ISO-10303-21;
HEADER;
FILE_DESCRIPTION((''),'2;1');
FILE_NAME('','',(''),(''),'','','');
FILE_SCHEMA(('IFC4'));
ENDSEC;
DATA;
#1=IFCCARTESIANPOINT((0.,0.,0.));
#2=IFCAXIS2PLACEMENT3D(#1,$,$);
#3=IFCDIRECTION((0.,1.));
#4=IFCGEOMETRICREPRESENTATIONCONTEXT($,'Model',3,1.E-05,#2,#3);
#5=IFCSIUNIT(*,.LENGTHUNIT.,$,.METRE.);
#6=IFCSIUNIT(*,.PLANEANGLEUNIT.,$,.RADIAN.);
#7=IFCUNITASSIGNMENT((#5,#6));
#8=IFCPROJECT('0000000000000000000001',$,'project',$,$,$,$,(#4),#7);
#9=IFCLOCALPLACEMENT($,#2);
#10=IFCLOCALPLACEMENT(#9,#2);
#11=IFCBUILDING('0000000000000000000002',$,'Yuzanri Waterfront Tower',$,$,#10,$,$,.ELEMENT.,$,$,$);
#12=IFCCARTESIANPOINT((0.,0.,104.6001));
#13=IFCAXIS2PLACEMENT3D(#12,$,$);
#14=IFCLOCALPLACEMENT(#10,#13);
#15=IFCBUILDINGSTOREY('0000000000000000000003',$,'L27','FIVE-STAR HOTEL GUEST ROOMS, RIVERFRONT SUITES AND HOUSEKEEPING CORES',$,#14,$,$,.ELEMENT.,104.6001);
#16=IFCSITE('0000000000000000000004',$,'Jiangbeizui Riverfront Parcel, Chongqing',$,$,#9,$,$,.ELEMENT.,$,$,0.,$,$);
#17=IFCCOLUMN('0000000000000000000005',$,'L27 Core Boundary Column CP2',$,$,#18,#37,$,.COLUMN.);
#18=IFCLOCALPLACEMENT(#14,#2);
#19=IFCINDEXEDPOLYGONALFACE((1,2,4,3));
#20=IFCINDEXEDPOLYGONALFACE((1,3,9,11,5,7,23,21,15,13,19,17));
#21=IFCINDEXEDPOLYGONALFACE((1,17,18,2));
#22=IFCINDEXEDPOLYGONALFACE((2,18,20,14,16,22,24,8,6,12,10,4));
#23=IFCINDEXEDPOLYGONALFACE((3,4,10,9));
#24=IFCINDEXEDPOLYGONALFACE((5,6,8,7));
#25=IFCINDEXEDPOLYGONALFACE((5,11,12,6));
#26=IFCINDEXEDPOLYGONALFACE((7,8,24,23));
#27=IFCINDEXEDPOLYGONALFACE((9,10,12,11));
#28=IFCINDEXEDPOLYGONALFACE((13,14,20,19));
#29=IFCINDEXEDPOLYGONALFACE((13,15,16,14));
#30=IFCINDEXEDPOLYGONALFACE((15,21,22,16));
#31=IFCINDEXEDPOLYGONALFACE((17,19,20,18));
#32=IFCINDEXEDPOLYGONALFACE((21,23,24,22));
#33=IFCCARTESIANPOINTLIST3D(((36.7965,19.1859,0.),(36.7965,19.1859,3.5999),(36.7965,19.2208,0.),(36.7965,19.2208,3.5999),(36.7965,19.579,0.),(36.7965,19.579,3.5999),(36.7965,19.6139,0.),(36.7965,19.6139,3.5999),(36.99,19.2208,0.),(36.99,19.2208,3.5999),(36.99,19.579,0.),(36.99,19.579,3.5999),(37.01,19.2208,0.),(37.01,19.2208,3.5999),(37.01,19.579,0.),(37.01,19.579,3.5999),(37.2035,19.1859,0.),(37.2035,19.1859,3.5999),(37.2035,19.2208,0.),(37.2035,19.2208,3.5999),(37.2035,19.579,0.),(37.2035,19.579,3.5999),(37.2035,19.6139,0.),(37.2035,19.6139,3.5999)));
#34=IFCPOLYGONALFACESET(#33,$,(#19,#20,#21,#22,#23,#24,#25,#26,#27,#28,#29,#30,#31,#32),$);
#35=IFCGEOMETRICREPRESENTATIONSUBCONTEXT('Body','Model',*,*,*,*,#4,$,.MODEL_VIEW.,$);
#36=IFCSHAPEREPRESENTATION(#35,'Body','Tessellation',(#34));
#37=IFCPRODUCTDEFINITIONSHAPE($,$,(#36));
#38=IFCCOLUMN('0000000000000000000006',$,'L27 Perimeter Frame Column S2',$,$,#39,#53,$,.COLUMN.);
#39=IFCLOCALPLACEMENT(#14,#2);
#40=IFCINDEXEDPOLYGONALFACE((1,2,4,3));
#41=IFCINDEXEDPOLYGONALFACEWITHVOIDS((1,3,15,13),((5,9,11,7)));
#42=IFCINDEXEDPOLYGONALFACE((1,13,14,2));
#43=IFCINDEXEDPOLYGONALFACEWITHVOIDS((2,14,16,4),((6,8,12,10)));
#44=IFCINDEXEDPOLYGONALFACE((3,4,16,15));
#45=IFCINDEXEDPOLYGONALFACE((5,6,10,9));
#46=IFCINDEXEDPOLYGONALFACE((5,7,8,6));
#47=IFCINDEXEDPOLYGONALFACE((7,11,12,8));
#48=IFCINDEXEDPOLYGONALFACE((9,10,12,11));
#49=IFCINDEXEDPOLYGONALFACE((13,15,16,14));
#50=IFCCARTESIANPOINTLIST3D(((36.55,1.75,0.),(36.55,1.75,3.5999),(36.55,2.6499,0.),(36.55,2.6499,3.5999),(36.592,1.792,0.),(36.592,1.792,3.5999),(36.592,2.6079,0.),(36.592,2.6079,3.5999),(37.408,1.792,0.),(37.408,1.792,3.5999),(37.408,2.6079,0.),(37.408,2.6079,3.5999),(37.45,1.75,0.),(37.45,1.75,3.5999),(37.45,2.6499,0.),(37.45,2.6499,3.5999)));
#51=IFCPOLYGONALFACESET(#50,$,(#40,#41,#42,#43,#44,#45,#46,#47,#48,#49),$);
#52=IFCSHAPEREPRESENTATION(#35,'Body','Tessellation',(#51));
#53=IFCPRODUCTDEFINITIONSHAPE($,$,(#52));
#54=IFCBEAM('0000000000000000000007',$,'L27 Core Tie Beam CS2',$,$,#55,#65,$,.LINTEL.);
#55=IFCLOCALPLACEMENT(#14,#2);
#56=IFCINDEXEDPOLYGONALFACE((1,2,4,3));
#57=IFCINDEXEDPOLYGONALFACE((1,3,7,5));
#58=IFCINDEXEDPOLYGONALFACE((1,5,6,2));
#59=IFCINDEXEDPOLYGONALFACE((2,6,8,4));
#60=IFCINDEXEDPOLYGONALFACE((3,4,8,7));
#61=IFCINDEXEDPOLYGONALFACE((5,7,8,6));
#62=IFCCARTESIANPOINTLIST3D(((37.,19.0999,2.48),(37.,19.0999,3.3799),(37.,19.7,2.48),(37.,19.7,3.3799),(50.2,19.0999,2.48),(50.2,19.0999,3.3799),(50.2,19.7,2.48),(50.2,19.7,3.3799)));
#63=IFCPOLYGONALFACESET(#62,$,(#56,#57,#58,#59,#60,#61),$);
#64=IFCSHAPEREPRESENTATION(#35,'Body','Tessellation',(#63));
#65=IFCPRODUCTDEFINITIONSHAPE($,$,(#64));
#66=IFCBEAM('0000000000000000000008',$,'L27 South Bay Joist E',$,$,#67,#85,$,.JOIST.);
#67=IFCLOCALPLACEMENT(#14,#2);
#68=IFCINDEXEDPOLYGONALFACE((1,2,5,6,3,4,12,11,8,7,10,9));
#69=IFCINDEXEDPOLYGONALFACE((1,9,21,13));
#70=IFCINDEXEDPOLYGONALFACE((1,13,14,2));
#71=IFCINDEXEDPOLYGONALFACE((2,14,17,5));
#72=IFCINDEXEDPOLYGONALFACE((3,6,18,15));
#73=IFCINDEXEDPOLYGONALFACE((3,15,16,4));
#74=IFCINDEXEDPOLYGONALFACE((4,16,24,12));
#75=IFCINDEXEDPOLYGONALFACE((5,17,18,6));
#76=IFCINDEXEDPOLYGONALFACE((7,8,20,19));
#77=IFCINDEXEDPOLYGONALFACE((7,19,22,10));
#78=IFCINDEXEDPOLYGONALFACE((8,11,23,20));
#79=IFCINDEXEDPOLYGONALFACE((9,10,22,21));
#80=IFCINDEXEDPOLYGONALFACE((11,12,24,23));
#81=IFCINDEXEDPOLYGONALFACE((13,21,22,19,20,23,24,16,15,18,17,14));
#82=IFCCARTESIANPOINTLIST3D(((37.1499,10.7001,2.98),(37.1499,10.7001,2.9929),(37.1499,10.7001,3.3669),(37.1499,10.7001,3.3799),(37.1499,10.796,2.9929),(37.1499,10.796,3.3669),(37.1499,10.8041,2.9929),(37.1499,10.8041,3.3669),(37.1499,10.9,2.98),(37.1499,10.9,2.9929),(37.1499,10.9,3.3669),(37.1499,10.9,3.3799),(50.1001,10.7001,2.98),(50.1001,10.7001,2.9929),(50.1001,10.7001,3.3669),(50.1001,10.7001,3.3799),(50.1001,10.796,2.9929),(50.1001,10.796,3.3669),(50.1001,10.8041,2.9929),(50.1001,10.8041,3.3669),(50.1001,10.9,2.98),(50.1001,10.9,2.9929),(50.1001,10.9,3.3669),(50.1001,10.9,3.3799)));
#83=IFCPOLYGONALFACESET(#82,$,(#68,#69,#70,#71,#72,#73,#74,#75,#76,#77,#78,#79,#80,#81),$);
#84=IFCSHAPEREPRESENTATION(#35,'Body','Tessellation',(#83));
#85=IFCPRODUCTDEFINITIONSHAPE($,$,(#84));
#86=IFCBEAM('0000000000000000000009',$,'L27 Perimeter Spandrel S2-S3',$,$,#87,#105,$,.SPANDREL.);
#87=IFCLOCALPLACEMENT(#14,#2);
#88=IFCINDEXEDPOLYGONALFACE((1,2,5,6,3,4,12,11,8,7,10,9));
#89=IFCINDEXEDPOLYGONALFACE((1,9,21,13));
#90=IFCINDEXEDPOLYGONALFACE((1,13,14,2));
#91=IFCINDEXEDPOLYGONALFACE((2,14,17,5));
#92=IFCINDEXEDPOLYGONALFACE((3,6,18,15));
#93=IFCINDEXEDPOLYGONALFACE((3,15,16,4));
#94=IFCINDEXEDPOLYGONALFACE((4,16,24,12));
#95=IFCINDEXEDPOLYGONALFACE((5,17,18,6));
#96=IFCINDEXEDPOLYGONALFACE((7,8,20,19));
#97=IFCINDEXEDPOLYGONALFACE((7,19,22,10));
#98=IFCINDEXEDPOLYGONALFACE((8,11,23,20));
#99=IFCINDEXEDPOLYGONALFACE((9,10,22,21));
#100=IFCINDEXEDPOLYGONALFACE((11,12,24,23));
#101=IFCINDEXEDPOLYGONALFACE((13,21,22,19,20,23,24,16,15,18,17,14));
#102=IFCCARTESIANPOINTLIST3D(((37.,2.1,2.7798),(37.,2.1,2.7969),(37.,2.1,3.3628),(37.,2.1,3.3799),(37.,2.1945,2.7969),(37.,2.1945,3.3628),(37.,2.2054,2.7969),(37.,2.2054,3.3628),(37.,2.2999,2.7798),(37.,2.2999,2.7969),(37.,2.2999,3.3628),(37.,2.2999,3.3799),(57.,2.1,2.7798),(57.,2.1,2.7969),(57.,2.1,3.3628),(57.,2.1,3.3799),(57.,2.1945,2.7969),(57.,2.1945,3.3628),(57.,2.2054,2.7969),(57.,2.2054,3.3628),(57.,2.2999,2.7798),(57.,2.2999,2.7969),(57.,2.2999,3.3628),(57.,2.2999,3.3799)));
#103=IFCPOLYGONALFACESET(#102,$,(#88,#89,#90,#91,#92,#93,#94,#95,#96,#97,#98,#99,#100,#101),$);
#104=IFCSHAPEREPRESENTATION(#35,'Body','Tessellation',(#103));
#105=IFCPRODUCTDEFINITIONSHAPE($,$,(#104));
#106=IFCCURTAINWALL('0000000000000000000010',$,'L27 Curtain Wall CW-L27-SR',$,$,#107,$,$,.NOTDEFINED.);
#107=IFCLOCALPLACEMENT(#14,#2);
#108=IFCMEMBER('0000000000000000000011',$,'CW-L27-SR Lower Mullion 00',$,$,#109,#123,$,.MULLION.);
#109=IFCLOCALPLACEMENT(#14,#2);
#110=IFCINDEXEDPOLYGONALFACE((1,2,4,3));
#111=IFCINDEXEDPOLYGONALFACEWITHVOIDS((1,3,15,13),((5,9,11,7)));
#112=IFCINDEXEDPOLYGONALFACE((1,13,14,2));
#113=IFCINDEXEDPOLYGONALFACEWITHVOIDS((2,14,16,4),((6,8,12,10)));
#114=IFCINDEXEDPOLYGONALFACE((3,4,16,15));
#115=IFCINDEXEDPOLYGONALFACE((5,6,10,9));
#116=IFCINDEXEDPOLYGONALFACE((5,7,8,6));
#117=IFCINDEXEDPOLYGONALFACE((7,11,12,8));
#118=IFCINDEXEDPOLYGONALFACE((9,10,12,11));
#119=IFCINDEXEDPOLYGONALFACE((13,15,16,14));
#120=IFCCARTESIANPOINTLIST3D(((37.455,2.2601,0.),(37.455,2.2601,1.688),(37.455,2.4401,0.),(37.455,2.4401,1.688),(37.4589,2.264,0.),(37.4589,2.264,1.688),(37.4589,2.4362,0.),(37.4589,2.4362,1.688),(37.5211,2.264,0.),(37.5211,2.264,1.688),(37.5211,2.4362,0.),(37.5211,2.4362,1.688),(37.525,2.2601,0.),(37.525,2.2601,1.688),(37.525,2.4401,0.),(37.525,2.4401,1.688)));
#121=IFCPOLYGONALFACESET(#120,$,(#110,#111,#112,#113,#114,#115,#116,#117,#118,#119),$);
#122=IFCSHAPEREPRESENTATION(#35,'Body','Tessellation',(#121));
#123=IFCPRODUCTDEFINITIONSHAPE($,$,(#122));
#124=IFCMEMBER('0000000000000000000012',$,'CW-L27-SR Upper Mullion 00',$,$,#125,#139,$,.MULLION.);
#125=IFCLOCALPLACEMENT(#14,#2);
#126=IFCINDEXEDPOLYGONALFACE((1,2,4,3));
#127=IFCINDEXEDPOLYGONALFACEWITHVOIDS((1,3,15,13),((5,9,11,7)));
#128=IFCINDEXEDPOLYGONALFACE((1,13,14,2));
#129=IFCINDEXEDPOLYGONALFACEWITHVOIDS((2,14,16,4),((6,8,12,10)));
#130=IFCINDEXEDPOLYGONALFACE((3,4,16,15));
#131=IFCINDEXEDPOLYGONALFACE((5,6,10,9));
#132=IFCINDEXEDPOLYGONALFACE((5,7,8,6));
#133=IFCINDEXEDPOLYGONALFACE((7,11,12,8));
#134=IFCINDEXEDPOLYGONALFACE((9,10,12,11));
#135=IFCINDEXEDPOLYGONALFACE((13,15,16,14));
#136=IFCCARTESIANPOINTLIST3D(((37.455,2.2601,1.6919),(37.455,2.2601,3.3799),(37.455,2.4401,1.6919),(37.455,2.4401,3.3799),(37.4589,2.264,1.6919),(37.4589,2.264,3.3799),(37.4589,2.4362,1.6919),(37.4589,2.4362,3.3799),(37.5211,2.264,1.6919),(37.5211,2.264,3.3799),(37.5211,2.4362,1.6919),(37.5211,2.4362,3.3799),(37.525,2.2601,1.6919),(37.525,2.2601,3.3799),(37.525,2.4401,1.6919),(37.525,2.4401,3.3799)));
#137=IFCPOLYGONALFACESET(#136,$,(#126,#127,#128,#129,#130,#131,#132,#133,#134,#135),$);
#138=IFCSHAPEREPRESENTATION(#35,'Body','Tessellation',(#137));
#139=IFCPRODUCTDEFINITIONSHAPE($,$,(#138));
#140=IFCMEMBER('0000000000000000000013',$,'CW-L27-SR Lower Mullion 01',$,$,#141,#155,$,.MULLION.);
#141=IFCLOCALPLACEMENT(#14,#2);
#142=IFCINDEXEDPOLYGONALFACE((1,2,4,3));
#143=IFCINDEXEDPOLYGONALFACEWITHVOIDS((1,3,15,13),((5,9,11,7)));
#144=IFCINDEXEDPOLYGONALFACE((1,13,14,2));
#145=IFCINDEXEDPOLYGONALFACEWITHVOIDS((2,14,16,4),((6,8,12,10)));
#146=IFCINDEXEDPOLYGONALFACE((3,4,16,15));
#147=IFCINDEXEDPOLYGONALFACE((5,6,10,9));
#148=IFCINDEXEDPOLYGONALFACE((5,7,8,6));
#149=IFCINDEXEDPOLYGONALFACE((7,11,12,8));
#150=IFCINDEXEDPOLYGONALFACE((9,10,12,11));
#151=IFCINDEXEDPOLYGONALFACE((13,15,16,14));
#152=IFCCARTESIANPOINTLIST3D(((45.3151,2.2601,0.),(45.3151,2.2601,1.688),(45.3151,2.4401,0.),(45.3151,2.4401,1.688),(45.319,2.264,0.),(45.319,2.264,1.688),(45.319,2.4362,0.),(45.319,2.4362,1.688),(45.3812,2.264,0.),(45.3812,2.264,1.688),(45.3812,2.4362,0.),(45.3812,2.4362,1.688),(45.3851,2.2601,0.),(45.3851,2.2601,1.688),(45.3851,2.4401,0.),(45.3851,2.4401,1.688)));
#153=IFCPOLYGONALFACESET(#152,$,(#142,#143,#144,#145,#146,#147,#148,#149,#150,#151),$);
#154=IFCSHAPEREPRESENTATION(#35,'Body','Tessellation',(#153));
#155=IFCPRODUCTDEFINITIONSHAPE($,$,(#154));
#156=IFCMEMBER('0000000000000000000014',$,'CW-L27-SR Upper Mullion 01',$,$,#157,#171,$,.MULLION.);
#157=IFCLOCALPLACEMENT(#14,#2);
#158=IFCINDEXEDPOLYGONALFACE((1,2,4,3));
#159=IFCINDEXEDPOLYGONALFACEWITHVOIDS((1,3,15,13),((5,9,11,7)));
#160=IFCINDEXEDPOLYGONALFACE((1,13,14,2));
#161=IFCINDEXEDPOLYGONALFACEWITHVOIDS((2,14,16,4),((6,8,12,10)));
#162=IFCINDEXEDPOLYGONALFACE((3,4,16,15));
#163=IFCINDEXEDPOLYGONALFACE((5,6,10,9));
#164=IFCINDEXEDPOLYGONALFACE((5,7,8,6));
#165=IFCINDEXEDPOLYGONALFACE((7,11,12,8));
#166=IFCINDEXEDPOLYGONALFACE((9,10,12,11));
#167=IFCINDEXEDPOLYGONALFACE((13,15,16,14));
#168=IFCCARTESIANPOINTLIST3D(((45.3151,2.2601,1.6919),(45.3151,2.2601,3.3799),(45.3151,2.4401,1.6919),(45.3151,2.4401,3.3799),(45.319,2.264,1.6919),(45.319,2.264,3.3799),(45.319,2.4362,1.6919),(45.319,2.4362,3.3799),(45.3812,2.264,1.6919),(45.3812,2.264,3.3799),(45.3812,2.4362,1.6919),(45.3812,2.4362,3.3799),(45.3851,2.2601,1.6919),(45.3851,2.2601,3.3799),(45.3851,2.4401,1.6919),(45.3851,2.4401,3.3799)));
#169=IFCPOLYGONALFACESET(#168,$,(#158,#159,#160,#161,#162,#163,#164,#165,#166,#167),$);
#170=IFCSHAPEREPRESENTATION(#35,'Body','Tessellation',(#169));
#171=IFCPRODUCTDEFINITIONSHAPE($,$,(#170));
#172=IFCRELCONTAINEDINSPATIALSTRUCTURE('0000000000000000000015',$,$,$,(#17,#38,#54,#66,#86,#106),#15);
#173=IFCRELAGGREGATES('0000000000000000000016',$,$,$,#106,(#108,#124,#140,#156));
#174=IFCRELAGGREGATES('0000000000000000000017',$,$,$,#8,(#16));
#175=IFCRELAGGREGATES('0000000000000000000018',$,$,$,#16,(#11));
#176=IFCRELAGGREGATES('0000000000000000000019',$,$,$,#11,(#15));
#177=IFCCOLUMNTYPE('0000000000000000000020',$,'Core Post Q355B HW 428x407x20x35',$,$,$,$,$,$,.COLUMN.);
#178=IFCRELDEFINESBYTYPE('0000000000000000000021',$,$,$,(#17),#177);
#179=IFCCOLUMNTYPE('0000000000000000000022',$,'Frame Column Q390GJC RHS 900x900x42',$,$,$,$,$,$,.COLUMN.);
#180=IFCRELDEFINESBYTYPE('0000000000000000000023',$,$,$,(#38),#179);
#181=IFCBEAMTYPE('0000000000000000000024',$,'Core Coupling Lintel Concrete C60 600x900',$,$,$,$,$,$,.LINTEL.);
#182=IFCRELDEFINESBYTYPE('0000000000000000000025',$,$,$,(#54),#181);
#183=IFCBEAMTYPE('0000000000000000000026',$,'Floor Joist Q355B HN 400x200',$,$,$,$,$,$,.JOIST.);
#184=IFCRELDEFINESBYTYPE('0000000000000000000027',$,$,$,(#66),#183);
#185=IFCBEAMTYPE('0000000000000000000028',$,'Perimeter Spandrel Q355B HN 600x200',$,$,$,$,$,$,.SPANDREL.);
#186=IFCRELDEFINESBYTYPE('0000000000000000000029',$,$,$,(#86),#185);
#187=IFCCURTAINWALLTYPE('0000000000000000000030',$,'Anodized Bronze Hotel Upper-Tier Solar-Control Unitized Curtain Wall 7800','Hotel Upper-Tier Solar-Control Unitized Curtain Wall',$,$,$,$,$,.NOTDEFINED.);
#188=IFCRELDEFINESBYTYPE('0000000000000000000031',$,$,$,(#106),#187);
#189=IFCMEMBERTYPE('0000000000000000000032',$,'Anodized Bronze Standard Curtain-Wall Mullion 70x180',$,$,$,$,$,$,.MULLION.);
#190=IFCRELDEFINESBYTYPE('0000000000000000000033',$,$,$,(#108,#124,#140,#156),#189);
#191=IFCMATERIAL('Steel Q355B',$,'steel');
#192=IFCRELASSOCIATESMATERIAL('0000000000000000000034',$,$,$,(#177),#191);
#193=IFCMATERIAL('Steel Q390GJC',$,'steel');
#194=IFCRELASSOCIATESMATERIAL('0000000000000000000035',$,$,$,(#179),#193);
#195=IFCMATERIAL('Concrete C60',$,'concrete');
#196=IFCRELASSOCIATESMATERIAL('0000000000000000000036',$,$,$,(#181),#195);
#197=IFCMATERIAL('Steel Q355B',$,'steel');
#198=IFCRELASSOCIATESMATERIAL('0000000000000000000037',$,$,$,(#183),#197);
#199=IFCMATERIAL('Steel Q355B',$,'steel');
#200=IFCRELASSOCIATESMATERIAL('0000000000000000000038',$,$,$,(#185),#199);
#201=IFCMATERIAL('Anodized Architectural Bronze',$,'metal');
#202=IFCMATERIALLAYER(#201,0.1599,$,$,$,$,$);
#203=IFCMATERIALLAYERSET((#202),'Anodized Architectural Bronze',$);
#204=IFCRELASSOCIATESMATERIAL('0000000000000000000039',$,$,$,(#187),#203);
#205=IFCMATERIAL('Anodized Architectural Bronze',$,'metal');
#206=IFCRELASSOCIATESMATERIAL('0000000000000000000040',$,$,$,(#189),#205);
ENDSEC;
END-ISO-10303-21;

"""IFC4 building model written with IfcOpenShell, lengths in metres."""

from ifc_helpers import new_model, si_unit, direction, frame, origin, origin_2d, place, context, subcontext, project, spatial, rectangle, hollow_rectangle, i_section, extrude, source, transform, mapped, material, layer, layer_set, material_profile, profile_set, type_object, element, aggregate, save


model = new_model("IFC4")

# Units and contexts
model_context = context("Model", 3, precision=1e-05, world=origin(), true_north=direction((0.0, 1.0)))
body_context = subcontext(model_context, "Body", "Model", "MODEL_VIEW")
ifc_project = project(units=[si_unit("LENGTHUNIT", "METRE"), si_unit("PLANEANGLEUNIT", "RADIAN")], contexts=[model_context])

# Site, building, storey
site_placement = place(None, origin())
site = spatial("IfcSite", under=ifc_project, at=site_placement, Name="Jiangbeizui Riverfront Parcel, Chongqing", CompositionType="ELEMENT", RefElevation=0.0)
building_placement = place(site_placement, origin())
building = spatial("IfcBuilding", under=site, at=building_placement, Name="Yuzanri Waterfront Tower", CompositionType="ELEMENT")
storey_placement = place(building_placement, frame((0.0, 0.0, 104.6001)))
storey = spatial("IfcBuildingStorey", under=building, at=storey_placement, Name="L27", Description="FIVE-STAR HOTEL GUEST ROOMS, RIVERFRONT SUITES AND HOUSEKEEPING CORES", CompositionType="ELEMENT", Elevation=104.6001)

# Columns
ifc_material_1 = material(Name="Steel Q355B", Category="steel")
ifc_material_profile_1 = material_profile(ifc_material_1, i_section(OverallWidth=0.407, OverallDepth=0.428, WebThickness=0.02, FlangeThickness=0.0349, at=origin_2d()), Name="HW 428x407x20x35")
ifc_profile_set_1 = profile_set([ifc_material_profile_1], Name="Steel Q355B")
column_type_1 = type_object("IfcColumnType", Name="Core Post Q355B HW 428x407x20x35", PredefinedType="COLUMN", material=ifc_profile_set_1)
shared_shape_1 = source(origin(), body_context, "Body", "SweptSolid", [
    extrude(i_section(OverallWidth=0.407, OverallDepth=0.428, WebThickness=0.02, FlangeThickness=0.0349, at=origin_2d()), origin(), (0.0, 0.0, 1.0), 3.5999),
])
column_1_placement = place(storey_placement, frame((37.0, 19.3999, 0.0), z_axis=(0.0, 0.0, 1.0), x_axis=(1.0, 0.0, 0.0)))
element("IfcColumn", 1, at=column_1_placement, inside=storey, type_object=column_type_1, Name="L27 Core Boundary Column CP2", PredefinedType="COLUMN", context=body_context, shape_type="MappedRepresentation", body=[
    mapped(shared_shape_1, transform((0.0, 0.0, 0.0), scale=1.0)),
])
ifc_material_2 = material(Name="Steel Q390GJC", Category="steel")
ifc_material_profile_2 = material_profile(ifc_material_2, hollow_rectangle(XDim=0.8999, YDim=0.8999, WallThickness=0.042, at=origin_2d()), Name="RHS 900x900x42")
ifc_profile_set_2 = profile_set([ifc_material_profile_2], Name="Steel Q390GJC")
column_type_2 = type_object("IfcColumnType", Name="Frame Column Q390GJC RHS 900x900x42", PredefinedType="COLUMN", material=ifc_profile_set_2)
shared_shape_2 = source(origin(), body_context, "Body", "SweptSolid", [
    extrude(hollow_rectangle(XDim=0.8999, YDim=0.8999, WallThickness=0.042, at=origin_2d()), origin(), (0.0, 0.0, 1.0), 3.5999),
])
column_2_placement = place(storey_placement, frame((37.0, 2.2, 0.0), z_axis=(0.0, 0.0, 1.0), x_axis=(1.0, 0.0, 0.0)))
element("IfcColumn", 2, at=column_2_placement, inside=storey, type_object=column_type_2, Name="L27 Perimeter Frame Column S2", PredefinedType="COLUMN", context=body_context, shape_type="MappedRepresentation", body=[
    mapped(shared_shape_2, transform((0.0, 0.0, 0.0), scale=1.0)),
])

# Beams
ifc_material_3 = material(Name="Concrete C60", Category="concrete")
ifc_material_profile_3 = material_profile(ifc_material_3, rectangle(XDim=0.6001, YDim=0.8999, at=origin_2d()), Name="RC 600x900")
ifc_profile_set_3 = profile_set([ifc_material_profile_3], Name="Concrete C60")
beam_type_1 = type_object("IfcBeamType", Name="Core Coupling Lintel Concrete C60 600x900", PredefinedType="LINTEL", material=ifc_profile_set_3)
shared_shape_3 = source(origin(), body_context, "Body", "SweptSolid", [
    extrude(rectangle(XDim=0.6001, YDim=0.8999, at=origin_2d()), origin(), (0.0, 0.0, 1.0), 13.2),
])
beam_1_placement = place(storey_placement, frame((37.0, 19.3999, 2.9299), z_axis=(1.0, 0.0, 0.0), x_axis=(0.0, 1.0, 0.0)))
element("IfcBeam", 3, at=beam_1_placement, inside=storey, type_object=beam_type_1, Name="L27 Core Tie Beam CS2", PredefinedType="LINTEL", context=body_context, shape_type="MappedRepresentation", body=[
    mapped(shared_shape_3, transform((0.0, 0.0, 0.0), scale=1.0)),
])
ifc_material_4 = material(Name="Steel Q355B", Category="steel")
ifc_material_profile_4 = material_profile(ifc_material_4, i_section(OverallWidth=0.2, OverallDepth=0.3999, WebThickness=0.0081, FlangeThickness=0.0129, at=origin_2d()), Name="HN 400x200x8x13")
ifc_profile_set_4 = profile_set([ifc_material_profile_4], Name="Steel Q355B")
beam_type_2 = type_object("IfcBeamType", Name="Floor Joist Q355B HN 400x200", PredefinedType="JOIST", material=ifc_profile_set_4)
shared_shape_4 = source(origin(), body_context, "Body", "SweptSolid", [
    extrude(i_section(OverallWidth=0.2, OverallDepth=0.3999, WebThickness=0.0081, FlangeThickness=0.0129, at=origin_2d()), origin(), (0.0, 0.0, 1.0), 12.9502),
])
beam_2_placement = place(storey_placement, frame((37.1499, 10.8, 3.1799), z_axis=(1.0, 0.0, 0.0), x_axis=(0.0, 1.0, 0.0)))
element("IfcBeam", 4, at=beam_2_placement, inside=storey, type_object=beam_type_2, Name="L27 South Bay Joist E", PredefinedType="JOIST", context=body_context, shape_type="MappedRepresentation", body=[
    mapped(shared_shape_4, transform((0.0, 0.0, 0.0), scale=1.0)),
])
ifc_material_5 = material(Name="Steel Q355B", Category="steel")
ifc_material_profile_5 = material_profile(ifc_material_5, i_section(OverallWidth=0.2, OverallDepth=0.6001, WebThickness=0.011, FlangeThickness=0.0171, at=origin_2d()), Name="HN 600x200x11x17")
ifc_profile_set_5 = profile_set([ifc_material_profile_5], Name="Steel Q355B")
beam_type_3 = type_object("IfcBeamType", Name="Perimeter Spandrel Q355B HN 600x200", PredefinedType="SPANDREL", material=ifc_profile_set_5)
shared_shape_5 = source(origin(), body_context, "Body", "SweptSolid", [
    extrude(i_section(OverallWidth=0.2, OverallDepth=0.6001, WebThickness=0.011, FlangeThickness=0.0171, at=origin_2d()), origin(), (0.0, 0.0, 1.0), 20.0),
])
beam_3_placement = place(storey_placement, frame((37.0, 2.2, 3.0798), z_axis=(1.0, 0.0, 0.0), x_axis=(0.0, 1.0, 0.0)))
element("IfcBeam", 5, at=beam_3_placement, inside=storey, type_object=beam_type_3, Name="L27 Perimeter Spandrel S2-S3", PredefinedType="SPANDREL", context=body_context, shape_type="MappedRepresentation", body=[
    mapped(shared_shape_5, transform((0.0, 0.0, 0.0), scale=1.0)),
])

# Curtain wall, members
ifc_material_6 = material(Name="Anodized Architectural Bronze", Category="metal")
ifc_layer_1 = layer(ifc_material_6, 0.1599)
ifc_layer_set_1 = layer_set([ifc_layer_1], Name="Anodized Architectural Bronze")
curtain_wall_type = type_object("IfcCurtainWallType", Name="Anodized Bronze Hotel Upper-Tier Solar-Control Unitized Curtain Wall 7800", Description="Hotel Upper-Tier Solar-Control Unitized Curtain Wall", PredefinedType="NOTDEFINED", material=ifc_layer_set_1)
curtain_wall_placement = place(storey_placement, origin())
curtain_wall = element("IfcCurtainWall", 6, at=curtain_wall_placement, inside=storey, type_object=curtain_wall_type, Name="L27 Curtain Wall CW-L27-SR", PredefinedType="NOTDEFINED")
ifc_material_7 = material(Name="Anodized Architectural Bronze", Category="metal")
ifc_material_profile_6 = material_profile(ifc_material_7, hollow_rectangle(XDim=0.0701, YDim=0.1799, WallThickness=0.0039, at=origin_2d()), Name="CWM 70x180")
ifc_profile_set_6 = profile_set([ifc_material_profile_6], Name="Anodized Architectural Bronze")
member_type_1 = type_object("IfcMemberType", Name="Anodized Bronze Standard Curtain-Wall Mullion 70x180", PredefinedType="MULLION", material=ifc_profile_set_6)
shared_shape_6 = source(origin(), body_context, "Body", "SweptSolid", [
    extrude(hollow_rectangle(XDim=0.0701, YDim=0.1799, WallThickness=0.0039, at=origin_2d()), origin(), (0.0, 0.0, 1.0), 1.688),
])
member_1_placement = place(storey_placement, frame((37.49, 2.3501, 0.0), z_axis=(0.0, 0.0, 1.0), x_axis=(1.0, 0.0, 0.0)))
member_1 = element("IfcMember", 7, at=member_1_placement, type_object=member_type_1, Name="CW-L27-SR Lower Mullion 00", PredefinedType="MULLION", context=body_context, shape_type="MappedRepresentation", body=[
    mapped(shared_shape_6, transform((0.0, 0.0, 0.0), scale=1.0)),
])
member_2_placement = place(storey_placement, frame((37.49, 2.3501, 1.6919), z_axis=(0.0, 0.0, 1.0), x_axis=(1.0, 0.0, 0.0)))
member_2 = element("IfcMember", 8, at=member_2_placement, type_object=member_type_1, Name="CW-L27-SR Upper Mullion 00", PredefinedType="MULLION", context=body_context, shape_type="MappedRepresentation", body=[
    mapped(shared_shape_6, transform((0.0, 0.0, 0.0), scale=1.0)),
])
member_3_placement = place(storey_placement, frame((45.3501, 2.3501, 0.0), z_axis=(0.0, 0.0, 1.0), x_axis=(1.0, 0.0, 0.0)))
member_3 = element("IfcMember", 9, at=member_3_placement, type_object=member_type_1, Name="CW-L27-SR Lower Mullion 01", PredefinedType="MULLION", context=body_context, shape_type="MappedRepresentation", body=[
    mapped(shared_shape_6, transform((0.0, 0.0, 0.0), scale=1.0)),
])
member_4_placement = place(storey_placement, frame((45.3501, 2.3501, 1.6919), z_axis=(0.0, 0.0, 1.0), x_axis=(1.0, 0.0, 0.0)))
member_4 = element("IfcMember", 10, at=member_4_placement, type_object=member_type_1, Name="CW-L27-SR Upper Mullion 01", PredefinedType="MULLION", context=body_context, shape_type="MappedRepresentation", body=[
    mapped(shared_shape_6, transform((0.0, 0.0, 0.0), scale=1.0)),
])
aggregate(curtain_wall, [member_1, member_2, member_3, member_4])

save(model, "model.ifc")
